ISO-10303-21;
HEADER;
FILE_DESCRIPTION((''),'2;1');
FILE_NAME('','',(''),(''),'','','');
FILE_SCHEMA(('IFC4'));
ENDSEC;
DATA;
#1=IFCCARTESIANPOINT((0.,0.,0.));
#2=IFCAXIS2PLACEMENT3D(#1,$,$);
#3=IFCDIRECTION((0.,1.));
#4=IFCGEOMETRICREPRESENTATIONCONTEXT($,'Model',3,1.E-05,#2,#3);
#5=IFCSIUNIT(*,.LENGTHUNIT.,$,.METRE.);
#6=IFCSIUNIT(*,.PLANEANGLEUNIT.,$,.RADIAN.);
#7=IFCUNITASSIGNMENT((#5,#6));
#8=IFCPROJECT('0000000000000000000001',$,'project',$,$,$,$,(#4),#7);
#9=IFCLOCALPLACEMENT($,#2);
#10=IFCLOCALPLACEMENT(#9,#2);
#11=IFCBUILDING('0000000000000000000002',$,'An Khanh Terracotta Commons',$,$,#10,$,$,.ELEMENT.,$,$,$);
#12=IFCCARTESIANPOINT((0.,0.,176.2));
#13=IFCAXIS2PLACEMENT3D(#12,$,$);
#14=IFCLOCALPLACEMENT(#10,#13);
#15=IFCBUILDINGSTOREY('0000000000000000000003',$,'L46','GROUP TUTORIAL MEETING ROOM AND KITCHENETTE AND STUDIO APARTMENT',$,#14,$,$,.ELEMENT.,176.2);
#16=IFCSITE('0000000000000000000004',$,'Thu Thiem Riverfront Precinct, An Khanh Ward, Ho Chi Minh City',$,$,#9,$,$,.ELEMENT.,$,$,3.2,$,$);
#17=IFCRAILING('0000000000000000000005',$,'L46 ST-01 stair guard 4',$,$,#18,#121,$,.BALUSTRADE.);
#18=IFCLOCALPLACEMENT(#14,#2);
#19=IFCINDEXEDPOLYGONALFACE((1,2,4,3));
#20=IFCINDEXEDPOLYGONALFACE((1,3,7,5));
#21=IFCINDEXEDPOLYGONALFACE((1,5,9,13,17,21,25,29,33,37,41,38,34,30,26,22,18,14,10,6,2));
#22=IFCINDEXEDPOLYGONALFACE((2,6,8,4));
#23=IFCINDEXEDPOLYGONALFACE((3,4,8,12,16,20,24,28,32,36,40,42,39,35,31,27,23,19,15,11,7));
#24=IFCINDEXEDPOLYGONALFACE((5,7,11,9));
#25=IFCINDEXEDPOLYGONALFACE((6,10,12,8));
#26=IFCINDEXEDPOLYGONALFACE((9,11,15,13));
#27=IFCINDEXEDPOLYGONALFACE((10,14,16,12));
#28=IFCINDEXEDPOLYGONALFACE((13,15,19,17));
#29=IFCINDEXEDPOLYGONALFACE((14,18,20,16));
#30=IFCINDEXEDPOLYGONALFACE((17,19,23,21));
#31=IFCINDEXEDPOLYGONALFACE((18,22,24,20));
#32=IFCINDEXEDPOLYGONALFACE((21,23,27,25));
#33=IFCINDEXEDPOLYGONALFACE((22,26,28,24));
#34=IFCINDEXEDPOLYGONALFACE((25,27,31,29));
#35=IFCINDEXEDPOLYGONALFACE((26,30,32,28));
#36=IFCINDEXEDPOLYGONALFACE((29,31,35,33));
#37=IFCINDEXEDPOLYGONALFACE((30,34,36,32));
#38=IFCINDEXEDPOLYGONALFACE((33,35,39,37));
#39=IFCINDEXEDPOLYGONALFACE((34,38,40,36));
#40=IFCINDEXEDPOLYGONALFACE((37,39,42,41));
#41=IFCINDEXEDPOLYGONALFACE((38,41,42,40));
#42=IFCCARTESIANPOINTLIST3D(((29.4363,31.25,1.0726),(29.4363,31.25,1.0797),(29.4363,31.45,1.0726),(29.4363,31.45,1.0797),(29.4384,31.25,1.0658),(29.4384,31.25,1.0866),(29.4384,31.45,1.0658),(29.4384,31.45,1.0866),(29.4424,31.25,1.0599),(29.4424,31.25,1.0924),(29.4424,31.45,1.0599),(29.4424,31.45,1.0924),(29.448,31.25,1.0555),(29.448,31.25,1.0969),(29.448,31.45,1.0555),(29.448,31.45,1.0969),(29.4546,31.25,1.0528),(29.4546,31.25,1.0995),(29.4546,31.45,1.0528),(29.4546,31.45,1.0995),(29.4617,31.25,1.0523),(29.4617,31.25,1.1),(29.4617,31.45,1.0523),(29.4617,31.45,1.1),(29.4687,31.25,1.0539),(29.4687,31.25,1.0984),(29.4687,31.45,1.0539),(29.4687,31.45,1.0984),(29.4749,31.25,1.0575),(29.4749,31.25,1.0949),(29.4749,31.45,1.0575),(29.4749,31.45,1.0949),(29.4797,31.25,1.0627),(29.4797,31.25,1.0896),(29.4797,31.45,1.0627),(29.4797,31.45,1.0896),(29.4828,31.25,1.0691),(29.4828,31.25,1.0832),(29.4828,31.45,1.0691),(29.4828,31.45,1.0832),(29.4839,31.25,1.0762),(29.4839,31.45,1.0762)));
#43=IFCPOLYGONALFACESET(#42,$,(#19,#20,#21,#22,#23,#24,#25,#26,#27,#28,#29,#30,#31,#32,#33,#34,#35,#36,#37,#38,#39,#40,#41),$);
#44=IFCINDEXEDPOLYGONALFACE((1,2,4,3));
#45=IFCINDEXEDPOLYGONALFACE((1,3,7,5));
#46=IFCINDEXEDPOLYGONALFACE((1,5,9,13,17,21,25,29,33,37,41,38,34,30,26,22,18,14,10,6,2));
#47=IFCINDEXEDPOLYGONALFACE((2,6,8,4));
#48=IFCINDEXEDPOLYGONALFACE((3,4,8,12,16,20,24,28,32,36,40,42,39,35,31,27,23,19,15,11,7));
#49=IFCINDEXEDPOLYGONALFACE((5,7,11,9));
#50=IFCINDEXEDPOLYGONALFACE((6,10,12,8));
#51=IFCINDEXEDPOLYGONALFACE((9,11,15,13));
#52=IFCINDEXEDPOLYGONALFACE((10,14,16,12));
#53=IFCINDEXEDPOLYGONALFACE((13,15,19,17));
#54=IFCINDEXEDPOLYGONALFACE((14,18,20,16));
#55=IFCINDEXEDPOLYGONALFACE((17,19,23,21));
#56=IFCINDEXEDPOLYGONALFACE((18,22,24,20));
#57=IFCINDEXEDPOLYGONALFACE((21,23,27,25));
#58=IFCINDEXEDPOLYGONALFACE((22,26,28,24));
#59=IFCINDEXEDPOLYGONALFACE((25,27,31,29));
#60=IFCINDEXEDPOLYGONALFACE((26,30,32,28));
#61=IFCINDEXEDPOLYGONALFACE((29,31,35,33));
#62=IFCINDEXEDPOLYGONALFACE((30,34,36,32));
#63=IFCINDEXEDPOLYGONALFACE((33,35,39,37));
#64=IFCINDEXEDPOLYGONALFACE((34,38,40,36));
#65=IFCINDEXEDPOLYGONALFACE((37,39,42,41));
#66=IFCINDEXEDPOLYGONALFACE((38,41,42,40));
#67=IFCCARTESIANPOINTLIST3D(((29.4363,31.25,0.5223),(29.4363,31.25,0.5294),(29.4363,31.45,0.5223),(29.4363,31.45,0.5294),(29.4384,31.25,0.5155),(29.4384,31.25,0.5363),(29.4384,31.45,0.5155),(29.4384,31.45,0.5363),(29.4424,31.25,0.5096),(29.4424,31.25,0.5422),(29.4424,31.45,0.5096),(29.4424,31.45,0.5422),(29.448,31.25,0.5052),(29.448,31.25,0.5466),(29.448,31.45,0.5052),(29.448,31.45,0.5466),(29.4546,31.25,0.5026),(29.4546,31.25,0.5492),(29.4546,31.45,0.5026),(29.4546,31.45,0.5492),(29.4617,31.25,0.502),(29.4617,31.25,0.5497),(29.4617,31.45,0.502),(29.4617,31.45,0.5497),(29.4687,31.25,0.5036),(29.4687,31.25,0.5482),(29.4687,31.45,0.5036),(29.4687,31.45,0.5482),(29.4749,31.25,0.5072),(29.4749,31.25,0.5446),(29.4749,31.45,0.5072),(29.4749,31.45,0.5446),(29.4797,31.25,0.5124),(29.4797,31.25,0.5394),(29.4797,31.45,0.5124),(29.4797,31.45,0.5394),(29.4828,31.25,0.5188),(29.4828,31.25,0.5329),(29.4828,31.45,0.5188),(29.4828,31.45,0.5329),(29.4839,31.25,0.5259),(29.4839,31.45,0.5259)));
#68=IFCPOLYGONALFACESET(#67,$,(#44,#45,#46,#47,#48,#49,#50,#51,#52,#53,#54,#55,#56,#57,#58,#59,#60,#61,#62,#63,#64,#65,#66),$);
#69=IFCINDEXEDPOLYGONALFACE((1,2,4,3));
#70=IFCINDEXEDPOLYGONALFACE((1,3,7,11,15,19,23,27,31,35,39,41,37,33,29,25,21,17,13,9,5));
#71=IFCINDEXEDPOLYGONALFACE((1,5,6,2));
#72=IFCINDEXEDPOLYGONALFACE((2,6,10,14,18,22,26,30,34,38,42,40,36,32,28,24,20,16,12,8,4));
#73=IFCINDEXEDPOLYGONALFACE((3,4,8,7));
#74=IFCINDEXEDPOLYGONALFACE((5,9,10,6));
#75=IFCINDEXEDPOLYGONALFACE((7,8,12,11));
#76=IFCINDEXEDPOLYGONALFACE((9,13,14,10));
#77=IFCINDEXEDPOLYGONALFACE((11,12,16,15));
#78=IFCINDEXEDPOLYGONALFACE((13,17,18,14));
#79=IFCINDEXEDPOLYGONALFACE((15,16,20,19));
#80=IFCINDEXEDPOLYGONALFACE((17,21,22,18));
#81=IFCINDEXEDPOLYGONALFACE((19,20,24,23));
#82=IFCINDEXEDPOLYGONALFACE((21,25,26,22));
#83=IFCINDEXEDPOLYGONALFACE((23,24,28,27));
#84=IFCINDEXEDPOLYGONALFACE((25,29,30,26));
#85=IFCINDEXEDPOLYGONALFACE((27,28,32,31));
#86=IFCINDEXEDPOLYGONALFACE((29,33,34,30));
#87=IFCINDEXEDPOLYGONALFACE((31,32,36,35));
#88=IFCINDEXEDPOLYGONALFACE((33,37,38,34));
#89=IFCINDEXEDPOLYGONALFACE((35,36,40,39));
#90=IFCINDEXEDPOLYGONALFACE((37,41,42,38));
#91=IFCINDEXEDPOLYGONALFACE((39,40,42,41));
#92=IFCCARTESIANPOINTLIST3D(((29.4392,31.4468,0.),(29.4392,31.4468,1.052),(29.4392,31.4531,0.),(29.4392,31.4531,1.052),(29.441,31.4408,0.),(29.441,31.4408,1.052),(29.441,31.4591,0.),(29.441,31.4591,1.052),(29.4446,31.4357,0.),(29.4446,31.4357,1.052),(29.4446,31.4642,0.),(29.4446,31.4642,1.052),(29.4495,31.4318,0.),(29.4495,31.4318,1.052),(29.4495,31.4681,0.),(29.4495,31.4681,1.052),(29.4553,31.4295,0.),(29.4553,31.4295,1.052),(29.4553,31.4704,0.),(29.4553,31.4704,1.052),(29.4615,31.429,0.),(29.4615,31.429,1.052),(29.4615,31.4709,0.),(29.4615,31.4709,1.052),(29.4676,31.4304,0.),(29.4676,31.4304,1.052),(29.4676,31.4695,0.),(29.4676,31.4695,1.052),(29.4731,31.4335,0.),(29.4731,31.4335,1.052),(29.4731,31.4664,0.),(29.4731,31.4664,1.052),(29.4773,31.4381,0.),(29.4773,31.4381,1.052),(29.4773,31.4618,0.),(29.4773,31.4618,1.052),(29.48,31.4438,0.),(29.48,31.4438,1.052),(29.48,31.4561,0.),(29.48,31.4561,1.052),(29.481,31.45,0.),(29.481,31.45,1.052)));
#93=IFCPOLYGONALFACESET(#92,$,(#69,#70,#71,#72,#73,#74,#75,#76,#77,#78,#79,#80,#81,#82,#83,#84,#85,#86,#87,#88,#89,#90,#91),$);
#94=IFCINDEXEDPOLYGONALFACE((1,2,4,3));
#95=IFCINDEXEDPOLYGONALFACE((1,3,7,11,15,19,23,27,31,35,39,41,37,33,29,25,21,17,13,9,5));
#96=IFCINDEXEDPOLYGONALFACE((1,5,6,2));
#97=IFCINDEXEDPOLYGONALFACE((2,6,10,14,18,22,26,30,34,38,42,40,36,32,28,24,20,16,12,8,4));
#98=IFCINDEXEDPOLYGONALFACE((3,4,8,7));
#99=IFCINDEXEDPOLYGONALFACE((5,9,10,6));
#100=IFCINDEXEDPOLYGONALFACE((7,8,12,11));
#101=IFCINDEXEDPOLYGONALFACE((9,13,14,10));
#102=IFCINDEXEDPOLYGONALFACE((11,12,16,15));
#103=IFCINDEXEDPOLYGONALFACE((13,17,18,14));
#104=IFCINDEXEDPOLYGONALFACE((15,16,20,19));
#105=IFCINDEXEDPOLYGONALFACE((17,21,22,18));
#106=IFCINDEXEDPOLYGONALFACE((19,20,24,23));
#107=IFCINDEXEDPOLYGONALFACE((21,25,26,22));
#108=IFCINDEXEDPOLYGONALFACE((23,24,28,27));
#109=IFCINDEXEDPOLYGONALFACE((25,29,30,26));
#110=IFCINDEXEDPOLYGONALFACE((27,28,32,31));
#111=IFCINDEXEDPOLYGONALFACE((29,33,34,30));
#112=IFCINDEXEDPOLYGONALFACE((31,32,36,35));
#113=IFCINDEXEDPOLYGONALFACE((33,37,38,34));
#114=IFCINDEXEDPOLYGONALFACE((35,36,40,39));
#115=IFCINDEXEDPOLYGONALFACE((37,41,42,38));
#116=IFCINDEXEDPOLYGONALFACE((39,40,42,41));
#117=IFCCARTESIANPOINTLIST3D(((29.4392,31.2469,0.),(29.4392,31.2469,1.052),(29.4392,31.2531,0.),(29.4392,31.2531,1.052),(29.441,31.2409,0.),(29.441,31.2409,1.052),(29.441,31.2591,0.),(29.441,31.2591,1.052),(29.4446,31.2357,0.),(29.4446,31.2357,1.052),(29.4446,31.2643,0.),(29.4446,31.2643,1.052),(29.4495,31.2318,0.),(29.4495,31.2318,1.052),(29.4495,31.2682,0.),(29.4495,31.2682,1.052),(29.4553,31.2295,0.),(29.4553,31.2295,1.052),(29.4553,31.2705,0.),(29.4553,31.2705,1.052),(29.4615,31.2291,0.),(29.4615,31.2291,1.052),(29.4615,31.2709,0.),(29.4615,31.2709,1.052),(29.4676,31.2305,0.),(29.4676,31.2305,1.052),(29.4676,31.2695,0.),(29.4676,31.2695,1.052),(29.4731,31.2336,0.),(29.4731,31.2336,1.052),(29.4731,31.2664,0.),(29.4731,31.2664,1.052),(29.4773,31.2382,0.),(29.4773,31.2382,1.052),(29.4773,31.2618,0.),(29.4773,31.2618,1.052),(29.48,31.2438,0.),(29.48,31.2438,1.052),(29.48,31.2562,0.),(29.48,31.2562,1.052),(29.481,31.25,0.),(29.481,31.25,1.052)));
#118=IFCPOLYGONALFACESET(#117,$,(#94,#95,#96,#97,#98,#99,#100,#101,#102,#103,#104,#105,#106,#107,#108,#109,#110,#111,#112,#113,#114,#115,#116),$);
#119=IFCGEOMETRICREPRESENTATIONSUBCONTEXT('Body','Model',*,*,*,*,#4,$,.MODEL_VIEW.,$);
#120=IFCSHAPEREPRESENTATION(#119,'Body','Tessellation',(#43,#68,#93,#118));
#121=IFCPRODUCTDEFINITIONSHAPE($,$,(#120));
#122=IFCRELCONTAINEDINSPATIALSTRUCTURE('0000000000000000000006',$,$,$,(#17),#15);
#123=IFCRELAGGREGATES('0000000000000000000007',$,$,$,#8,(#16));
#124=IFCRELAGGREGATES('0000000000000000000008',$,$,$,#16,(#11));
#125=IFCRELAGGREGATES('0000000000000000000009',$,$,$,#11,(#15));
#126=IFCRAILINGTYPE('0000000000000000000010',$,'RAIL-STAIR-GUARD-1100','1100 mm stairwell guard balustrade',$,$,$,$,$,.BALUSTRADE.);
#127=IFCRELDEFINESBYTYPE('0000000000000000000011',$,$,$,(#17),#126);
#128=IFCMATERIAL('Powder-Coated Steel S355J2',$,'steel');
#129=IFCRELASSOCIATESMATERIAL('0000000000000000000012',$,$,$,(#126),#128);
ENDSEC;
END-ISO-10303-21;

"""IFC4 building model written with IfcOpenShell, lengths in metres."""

from ifc_helpers import new_model, si_unit, direction, frame, origin, origin_2d, place, context, subcontext, project, spatial, circle, extrude, material, type_object, element, save


model = new_model("IFC4")

# Units and contexts
model_context = context("Model", 3, precision=1e-05, world=origin(), true_north=direction((0.0, 1.0)))
body_context = subcontext(model_context, "Body", "Model", "MODEL_VIEW")
ifc_project = project(units=[si_unit("LENGTHUNIT", "METRE"), si_unit("PLANEANGLEUNIT", "RADIAN")], contexts=[model_context])

# Site, building, storey
site_placement = place(None, origin())
site = spatial("IfcSite", under=ifc_project, at=site_placement, Name="Thu Thiem Riverfront Precinct, An Khanh Ward, Ho Chi Minh City", CompositionType="ELEMENT", RefElevation=3.2)
building_placement = place(site_placement, origin())
building = spatial("IfcBuilding", under=site, at=building_placement, Name="An Khanh Terracotta Commons", CompositionType="ELEMENT")
storey_placement = place(building_placement, frame((0.0, 0.0, 176.2)))
storey = spatial("IfcBuildingStorey", under=building, at=storey_placement, Name="L46", Description="GROUP TUTORIAL MEETING ROOM AND KITCHENETTE AND STUDIO APARTMENT", CompositionType="ELEMENT", Elevation=176.2)

# Railing
ifc_material_1 = material(Name="Powder-Coated Steel S355J2", Category="steel")
railing_type_1 = type_object("IfcRailingType", Name="RAIL-STAIR-GUARD-1100", Description="1100 mm stairwell guard balustrade", PredefinedType="BALUSTRADE", material=ifc_material_1)
railing_1_placement = place(storey_placement, frame((29.46, 31.45, 0.0)))
element("IfcRailing", 1, at=railing_1_placement, inside=storey, type_object=railing_type_1, Name="L46 ST-01 stair guard 4", PredefinedType="BALUSTRADE", context=body_context, shape_type="SweptSolid", body=[
    extrude(circle(Radius=0.0239, at=origin_2d()), frame((0.0, 0.0, 1.0762), z_axis=(0.0, -1.0, 0.0), x_axis=(1.0, 0.0, 0.0)), (0.0, 0.0, 1.0), 0.2),
    extrude(circle(Radius=0.0239, at=origin_2d()), frame((0.0, 0.0, 0.5259), z_axis=(0.0, -1.0, 0.0), x_axis=(1.0, 0.0, 0.0)), (0.0, 0.0, 1.0), 0.2),
    extrude(circle(Radius=0.021, at=origin_2d()), origin(), (0.0, 0.0, 1.0), 1.052),
    extrude(circle(Radius=0.021, at=origin_2d()), frame((0.0, -0.2, 0.0)), (0.0, 0.0, 1.0), 1.052),
])

save(model, "model.ifc")
